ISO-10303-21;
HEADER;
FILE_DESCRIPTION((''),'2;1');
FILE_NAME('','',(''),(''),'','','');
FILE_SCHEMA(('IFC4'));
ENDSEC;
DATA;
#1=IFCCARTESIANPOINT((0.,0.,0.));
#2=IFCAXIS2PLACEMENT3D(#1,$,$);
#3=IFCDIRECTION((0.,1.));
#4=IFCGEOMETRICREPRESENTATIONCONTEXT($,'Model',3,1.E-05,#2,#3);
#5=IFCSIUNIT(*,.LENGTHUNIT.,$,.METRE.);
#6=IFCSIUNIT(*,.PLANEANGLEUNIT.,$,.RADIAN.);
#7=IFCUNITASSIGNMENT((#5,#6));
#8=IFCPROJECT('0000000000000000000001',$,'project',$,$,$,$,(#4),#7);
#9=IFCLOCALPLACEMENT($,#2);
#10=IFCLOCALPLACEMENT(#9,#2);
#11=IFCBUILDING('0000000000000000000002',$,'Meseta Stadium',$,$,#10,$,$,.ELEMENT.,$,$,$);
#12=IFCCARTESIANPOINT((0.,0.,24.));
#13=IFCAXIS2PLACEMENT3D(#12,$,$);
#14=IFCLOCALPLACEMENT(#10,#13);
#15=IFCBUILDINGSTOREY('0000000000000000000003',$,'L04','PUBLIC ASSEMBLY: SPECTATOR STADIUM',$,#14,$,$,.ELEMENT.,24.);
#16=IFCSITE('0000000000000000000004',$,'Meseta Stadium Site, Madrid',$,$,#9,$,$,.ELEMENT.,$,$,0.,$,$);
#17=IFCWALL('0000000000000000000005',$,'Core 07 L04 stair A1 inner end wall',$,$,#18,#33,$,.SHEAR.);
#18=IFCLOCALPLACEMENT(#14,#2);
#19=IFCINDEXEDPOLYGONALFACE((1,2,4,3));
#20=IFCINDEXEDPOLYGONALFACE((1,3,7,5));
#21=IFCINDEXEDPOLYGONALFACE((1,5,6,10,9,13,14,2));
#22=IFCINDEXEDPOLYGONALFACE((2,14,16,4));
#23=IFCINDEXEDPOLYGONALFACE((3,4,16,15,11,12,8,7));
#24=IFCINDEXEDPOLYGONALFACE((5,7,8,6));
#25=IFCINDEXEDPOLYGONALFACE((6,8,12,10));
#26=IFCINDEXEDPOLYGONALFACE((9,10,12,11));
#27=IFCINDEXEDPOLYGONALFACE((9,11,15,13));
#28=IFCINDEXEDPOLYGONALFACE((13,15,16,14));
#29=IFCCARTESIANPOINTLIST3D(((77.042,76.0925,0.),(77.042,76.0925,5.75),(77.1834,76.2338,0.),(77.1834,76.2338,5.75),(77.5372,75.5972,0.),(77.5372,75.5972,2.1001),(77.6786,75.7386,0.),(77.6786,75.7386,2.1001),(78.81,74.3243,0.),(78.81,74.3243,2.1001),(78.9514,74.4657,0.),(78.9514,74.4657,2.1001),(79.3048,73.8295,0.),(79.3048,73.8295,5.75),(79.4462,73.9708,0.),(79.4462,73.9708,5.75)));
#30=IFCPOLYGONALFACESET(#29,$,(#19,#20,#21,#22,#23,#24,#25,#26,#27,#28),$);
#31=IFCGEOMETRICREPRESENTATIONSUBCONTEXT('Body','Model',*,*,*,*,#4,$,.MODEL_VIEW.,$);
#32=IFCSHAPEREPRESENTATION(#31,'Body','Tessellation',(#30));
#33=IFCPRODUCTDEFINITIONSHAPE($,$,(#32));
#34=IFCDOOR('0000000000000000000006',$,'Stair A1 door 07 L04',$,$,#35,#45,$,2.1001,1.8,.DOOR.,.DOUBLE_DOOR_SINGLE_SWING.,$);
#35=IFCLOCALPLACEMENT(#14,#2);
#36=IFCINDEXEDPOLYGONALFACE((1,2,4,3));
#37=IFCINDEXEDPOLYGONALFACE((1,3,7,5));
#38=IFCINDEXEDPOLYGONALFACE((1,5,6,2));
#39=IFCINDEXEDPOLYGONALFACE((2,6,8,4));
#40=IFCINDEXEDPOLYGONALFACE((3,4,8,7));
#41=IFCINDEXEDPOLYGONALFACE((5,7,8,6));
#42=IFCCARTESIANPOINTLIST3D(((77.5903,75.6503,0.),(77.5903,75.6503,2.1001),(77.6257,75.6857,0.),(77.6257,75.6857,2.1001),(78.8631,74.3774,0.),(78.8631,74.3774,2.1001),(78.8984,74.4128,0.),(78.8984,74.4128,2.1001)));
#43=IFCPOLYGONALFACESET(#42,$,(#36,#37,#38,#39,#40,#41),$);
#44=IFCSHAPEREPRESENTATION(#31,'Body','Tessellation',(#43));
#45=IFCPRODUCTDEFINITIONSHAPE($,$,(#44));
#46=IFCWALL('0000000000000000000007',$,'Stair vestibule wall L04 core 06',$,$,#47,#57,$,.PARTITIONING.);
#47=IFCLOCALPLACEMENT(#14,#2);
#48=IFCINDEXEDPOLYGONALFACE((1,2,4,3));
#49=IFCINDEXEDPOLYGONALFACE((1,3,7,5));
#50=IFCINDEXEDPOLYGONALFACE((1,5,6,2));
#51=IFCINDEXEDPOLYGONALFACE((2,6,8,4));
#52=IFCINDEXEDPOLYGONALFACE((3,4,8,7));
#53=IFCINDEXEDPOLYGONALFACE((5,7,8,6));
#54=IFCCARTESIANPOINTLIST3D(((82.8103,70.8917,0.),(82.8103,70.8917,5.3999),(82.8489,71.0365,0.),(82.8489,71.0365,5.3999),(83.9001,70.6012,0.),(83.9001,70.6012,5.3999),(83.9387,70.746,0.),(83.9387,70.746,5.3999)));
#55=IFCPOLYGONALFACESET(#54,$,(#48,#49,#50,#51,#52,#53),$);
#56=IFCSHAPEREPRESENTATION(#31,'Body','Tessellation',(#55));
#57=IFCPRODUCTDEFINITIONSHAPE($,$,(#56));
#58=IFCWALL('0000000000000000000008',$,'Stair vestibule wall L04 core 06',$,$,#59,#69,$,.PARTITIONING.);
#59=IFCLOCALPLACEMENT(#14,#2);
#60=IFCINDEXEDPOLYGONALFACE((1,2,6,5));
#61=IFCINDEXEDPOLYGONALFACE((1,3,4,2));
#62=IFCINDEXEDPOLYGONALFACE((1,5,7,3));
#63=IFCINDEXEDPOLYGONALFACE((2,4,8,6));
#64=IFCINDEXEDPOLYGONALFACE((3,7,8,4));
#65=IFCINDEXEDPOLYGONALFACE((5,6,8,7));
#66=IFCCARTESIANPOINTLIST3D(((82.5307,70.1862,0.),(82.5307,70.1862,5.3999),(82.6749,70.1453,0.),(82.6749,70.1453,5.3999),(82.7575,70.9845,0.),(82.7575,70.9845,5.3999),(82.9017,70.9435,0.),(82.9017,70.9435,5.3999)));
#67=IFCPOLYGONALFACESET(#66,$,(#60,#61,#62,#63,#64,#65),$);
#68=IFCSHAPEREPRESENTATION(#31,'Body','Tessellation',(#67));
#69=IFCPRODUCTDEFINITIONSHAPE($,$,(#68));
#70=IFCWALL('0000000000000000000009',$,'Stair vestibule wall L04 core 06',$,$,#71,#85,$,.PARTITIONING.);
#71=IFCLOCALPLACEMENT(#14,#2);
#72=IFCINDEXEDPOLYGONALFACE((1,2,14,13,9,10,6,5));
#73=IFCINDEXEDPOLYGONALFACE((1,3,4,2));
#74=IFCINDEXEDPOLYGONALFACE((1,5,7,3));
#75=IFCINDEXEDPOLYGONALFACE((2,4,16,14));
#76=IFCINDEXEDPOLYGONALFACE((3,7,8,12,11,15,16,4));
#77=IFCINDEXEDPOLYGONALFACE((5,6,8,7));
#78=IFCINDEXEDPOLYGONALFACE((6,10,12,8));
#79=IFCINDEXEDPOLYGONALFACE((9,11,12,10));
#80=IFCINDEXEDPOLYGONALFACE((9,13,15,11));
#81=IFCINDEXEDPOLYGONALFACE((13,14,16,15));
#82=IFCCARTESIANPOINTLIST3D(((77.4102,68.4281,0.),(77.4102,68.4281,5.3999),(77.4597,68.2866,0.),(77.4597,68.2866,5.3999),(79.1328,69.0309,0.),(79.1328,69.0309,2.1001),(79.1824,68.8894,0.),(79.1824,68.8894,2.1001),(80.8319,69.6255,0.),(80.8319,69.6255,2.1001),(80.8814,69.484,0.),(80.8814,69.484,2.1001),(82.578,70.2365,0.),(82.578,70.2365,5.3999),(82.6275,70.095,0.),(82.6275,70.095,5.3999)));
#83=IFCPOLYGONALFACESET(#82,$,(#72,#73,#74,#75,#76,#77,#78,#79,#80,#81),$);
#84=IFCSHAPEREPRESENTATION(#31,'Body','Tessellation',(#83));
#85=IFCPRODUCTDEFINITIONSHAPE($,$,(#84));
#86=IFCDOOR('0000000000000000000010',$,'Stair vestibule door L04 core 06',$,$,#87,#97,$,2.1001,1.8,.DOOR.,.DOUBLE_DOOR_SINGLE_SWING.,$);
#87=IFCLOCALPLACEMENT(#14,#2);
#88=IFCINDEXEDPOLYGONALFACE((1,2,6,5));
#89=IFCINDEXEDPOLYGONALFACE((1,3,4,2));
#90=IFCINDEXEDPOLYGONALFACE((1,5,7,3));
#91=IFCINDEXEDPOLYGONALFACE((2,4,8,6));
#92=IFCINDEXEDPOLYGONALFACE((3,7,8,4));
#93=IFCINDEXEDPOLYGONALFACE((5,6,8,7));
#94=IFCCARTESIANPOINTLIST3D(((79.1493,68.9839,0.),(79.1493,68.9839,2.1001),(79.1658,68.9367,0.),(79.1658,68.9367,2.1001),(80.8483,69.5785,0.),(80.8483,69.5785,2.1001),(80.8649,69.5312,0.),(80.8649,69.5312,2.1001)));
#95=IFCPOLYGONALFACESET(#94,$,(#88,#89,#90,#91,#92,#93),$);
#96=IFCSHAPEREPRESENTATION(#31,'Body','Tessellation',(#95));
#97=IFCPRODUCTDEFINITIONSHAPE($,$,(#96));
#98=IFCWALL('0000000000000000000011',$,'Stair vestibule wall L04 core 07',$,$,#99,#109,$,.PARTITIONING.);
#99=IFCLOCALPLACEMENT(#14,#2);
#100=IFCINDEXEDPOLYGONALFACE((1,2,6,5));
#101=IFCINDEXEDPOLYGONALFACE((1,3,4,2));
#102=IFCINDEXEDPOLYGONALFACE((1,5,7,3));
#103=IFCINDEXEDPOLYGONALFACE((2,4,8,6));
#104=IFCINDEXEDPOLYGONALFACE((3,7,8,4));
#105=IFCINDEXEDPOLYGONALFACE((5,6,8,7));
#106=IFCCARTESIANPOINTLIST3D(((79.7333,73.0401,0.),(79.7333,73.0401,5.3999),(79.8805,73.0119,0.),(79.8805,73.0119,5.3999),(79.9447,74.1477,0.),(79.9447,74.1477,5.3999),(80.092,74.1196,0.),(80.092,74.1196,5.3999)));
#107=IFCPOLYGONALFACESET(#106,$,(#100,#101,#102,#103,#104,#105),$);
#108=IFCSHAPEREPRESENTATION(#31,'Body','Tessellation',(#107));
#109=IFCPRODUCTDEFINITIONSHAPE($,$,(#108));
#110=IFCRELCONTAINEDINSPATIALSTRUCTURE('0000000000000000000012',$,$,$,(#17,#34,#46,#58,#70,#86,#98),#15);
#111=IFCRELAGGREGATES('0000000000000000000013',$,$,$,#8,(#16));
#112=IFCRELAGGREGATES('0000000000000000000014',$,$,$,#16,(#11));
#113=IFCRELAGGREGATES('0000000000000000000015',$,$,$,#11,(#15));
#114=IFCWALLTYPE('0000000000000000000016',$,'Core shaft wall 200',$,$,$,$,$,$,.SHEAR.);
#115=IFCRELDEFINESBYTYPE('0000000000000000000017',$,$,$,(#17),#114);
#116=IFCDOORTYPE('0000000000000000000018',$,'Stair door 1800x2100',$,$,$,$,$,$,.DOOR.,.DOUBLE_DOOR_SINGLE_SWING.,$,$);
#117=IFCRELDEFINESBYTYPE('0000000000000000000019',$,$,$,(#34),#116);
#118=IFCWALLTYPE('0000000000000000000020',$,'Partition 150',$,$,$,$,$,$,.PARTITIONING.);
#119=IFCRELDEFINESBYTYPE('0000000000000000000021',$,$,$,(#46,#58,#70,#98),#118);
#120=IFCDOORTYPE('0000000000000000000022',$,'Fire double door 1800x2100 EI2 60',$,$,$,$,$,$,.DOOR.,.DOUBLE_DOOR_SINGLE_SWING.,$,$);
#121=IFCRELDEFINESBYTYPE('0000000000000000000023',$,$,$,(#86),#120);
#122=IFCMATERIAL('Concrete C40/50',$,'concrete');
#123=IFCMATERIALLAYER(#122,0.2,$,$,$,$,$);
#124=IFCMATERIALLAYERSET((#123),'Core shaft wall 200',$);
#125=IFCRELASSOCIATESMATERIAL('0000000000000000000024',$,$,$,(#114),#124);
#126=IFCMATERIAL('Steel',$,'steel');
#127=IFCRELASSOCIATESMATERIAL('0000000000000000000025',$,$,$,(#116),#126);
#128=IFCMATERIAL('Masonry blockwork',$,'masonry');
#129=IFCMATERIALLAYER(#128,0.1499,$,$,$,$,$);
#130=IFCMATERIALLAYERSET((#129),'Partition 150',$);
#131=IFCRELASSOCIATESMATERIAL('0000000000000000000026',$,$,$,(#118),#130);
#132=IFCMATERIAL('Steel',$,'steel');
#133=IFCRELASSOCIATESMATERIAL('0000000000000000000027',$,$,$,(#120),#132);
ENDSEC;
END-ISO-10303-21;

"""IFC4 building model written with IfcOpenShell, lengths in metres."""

from ifc_helpers import new_model, si_unit, direction, frame, frame_2d, origin, place, context, subcontext, project, spatial, rectangle, extrude, material, layer, layer_set, type_object, element, fill, save


model = new_model("IFC4")

# Units and contexts
model_context = context("Model", 3, precision=1e-05, world=origin(), true_north=direction((0.0, 1.0)))
body_context = subcontext(model_context, "Body", "Model", "MODEL_VIEW")
ifc_project = project(units=[si_unit("LENGTHUNIT", "METRE"), si_unit("PLANEANGLEUNIT", "RADIAN")], contexts=[model_context])

# Site, building, storey
site_placement = place(None, origin())
site = spatial("IfcSite", under=ifc_project, at=site_placement, Name="Meseta Stadium Site, Madrid", CompositionType="ELEMENT", RefElevation=0.0)
building_placement = place(site_placement, origin())
building = spatial("IfcBuilding", under=site, at=building_placement, Name="Meseta Stadium", CompositionType="ELEMENT")
storey_placement = place(building_placement, frame((0.0, 0.0, 24.0)))
storey = spatial("IfcBuildingStorey", under=building, at=storey_placement, Name="L04", Description="PUBLIC ASSEMBLY: SPECTATOR STADIUM", CompositionType="ELEMENT", Elevation=24.0)

# Shared definitions
ifc_material_1 = material(Name="Concrete C40/50", Category="concrete")
ifc_layer_1 = layer(ifc_material_1, 0.2)
ifc_layer_set_1 = layer_set([ifc_layer_1], Name="Core shaft wall 200")
wall_type_1 = type_object("IfcWallType", Name="Core shaft wall 200", PredefinedType="SHEAR", material=ifc_layer_set_1)

# Shared definitions
ifc_material_2 = material(Name="Steel", Category="steel")
door_type_1 = type_object("IfcDoorType", Name="Stair door 1800x2100", OperationType="DOUBLE_DOOR_SINGLE_SWING", PredefinedType="DOOR", material=ifc_material_2)

# Wall, opening, door
wall_1_placement = place(storey_placement, frame((79.3755, 73.9001, 0.0), z_axis=(0.0, 0.0, 1.0), x_axis=(-0.707069, 0.707145, 0.0)))
wall_1 = element("IfcWall", 1, at=wall_1_placement, inside=storey, type_object=wall_type_1, Name="Core 07 L04 stair A1 inner end wall", PredefinedType="SHEAR", context=body_context, shape_type="SweptSolid", body=[
    extrude(rectangle(XDim=3.2002, YDim=0.2, at=frame_2d((1.6001, 0.0))), origin(), (0.0, 0.0, 1.0), 5.75),
])
opening_1_placement = place(wall_1_placement, frame((0.7, 0.0, 0.0)))
opening_1 = element("IfcOpeningElement", 2, at=opening_1_placement, cuts=wall_1, PredefinedType="OPENING", context=body_context, shape_type="SweptSolid", body=[
    extrude(rectangle(XDim=1.8, YDim=2.1001, at=frame_2d((0.8999, 1.05))), frame((0.0, 0.1099, 0.0), z_axis=(0.0, -1.0, 0.0), x_axis=(1.0, 0.0, 0.0)), (0.0, 0.0, 1.0), 0.22),
])
door_1_placement = place(opening_1_placement, origin())
door_1 = element("IfcDoor", 3, at=door_1_placement, inside=storey, type_object=door_type_1, Name="Stair A1 door 07 L04", OperationType="DOUBLE_DOOR_SINGLE_SWING", OverallHeight=2.1001, OverallWidth=1.8, PredefinedType="DOOR", context=body_context, shape_type="SweptSolid", body=[
    extrude(rectangle(XDim=1.8, YDim=2.1001, at=frame_2d((0.8999, 1.05))), frame((0.0, 0.0249, 0.0), z_axis=(0.0, -1.0, 0.0), x_axis=(1.0, 0.0, 0.0)), (0.0, 0.0, 1.0), 0.05),
])
fill(opening_1, door_1)

# Walls
ifc_material_3 = material(Name="Masonry blockwork", Category="masonry")
ifc_layer_2 = layer(ifc_material_3, 0.1499)
ifc_layer_set_2 = layer_set([ifc_layer_2], Name="Partition 150")
wall_type_2 = type_object("IfcWallType", Name="Partition 150", PredefinedType="PARTITIONING", material=ifc_layer_set_2)
wall_2_placement = place(storey_placement, frame((83.9194, 70.6736, 0.0), z_axis=(0.0, 0.0, 1.0), x_axis=(-0.966256, 0.257582, 0.0)))
element("IfcWall", 4, at=wall_2_placement, inside=storey, type_object=wall_type_2, Name="Stair vestibule wall L04 core 06", PredefinedType="PARTITIONING", context=body_context, shape_type="SweptSolid", body=[
    extrude(rectangle(XDim=1.1279, YDim=0.1499, at=frame_2d((0.564, 0.0))), origin(), (0.0, 0.0, 1.0), 5.3999),
])
wall_3_placement = place(storey_placement, frame((82.8296, 70.9641, 0.0), z_axis=(0.0, 0.0, 1.0), x_axis=(-0.273283, -0.961934, 0.0)))
element("IfcWall", 5, at=wall_3_placement, inside=storey, type_object=wall_type_2, Name="Stair vestibule wall L04 core 06", PredefinedType="PARTITIONING", context=body_context, shape_type="SweptSolid", body=[
    extrude(rectangle(XDim=0.8298, YDim=0.1499, at=frame_2d((0.415, 0.0))), origin(), (0.0, 0.0, 1.0), 5.3999),
])

# Wall, opening, door
wall_4_placement = place(storey_placement, frame((82.6028, 70.1658, 0.0), z_axis=(0.0, 0.0, 1.0), x_axis=(-0.943879, -0.330293, 0.0)))
wall_4 = element("IfcWall", 6, at=wall_4_placement, inside=storey, type_object=wall_type_2, Name="Stair vestibule wall L04 core 06", PredefinedType="PARTITIONING", context=body_context, shape_type="SweptSolid", body=[
    extrude(rectangle(XDim=5.4751, YDim=0.1499, at=frame_2d((2.7375, 0.0))), origin(), (0.0, 0.0, 1.0), 5.3999),
])
opening_2_placement = place(wall_4_placement, frame((1.8501, 0.0, 0.0)))
opening_2 = element("IfcOpeningElement", 7, at=opening_2_placement, cuts=wall_4, PredefinedType="OPENING", context=body_context, shape_type="SweptSolid", body=[
    extrude(rectangle(XDim=1.8, YDim=2.1001, at=frame_2d((0.8999, 1.05))), frame((0.0, 0.085, 0.0), z_axis=(0.0, -1.0, 0.0), x_axis=(1.0, 0.0, 0.0)), (0.0, 0.0, 1.0), 0.1699),
])
ifc_material_4 = material(Name="Steel", Category="steel")
door_type_2 = type_object("IfcDoorType", Name="Fire double door 1800x2100 EI2 60", OperationType="DOUBLE_DOOR_SINGLE_SWING", PredefinedType="DOOR", material=ifc_material_4)
door_2_placement = place(opening_2_placement, origin())
door_2 = element("IfcDoor", 8, at=door_2_placement, inside=storey, type_object=door_type_2, Name="Stair vestibule door L04 core 06", OperationType="DOUBLE_DOOR_SINGLE_SWING", OverallHeight=2.1001, OverallWidth=1.8, PredefinedType="DOOR", context=body_context, shape_type="SweptSolid", body=[
    extrude(rectangle(XDim=1.8, YDim=2.1001, at=frame_2d((0.8999, 1.05))), frame((0.0, 0.0249, 0.0), z_axis=(0.0, -1.0, 0.0), x_axis=(1.0, 0.0, 0.0)), (0.0, 0.0, 1.0), 0.05),
])
fill(opening_2, door_2)

# Wall
wall_5_placement = place(storey_placement, frame((79.8069, 73.0259, 0.0), z_axis=(0.0, 0.0, 1.0), x_axis=(0.18749, 0.982266, 0.0)))
element("IfcWall", 9, at=wall_5_placement, inside=storey, type_object=wall_type_2, Name="Stair vestibule wall L04 core 07", PredefinedType="PARTITIONING", context=body_context, shape_type="SweptSolid", body=[
    extrude(rectangle(XDim=1.1277, YDim=0.1499, at=frame_2d((0.564, 0.0))), origin(), (0.0, 0.0, 1.0), 5.3999),
])

save(model, "model.ifc")
